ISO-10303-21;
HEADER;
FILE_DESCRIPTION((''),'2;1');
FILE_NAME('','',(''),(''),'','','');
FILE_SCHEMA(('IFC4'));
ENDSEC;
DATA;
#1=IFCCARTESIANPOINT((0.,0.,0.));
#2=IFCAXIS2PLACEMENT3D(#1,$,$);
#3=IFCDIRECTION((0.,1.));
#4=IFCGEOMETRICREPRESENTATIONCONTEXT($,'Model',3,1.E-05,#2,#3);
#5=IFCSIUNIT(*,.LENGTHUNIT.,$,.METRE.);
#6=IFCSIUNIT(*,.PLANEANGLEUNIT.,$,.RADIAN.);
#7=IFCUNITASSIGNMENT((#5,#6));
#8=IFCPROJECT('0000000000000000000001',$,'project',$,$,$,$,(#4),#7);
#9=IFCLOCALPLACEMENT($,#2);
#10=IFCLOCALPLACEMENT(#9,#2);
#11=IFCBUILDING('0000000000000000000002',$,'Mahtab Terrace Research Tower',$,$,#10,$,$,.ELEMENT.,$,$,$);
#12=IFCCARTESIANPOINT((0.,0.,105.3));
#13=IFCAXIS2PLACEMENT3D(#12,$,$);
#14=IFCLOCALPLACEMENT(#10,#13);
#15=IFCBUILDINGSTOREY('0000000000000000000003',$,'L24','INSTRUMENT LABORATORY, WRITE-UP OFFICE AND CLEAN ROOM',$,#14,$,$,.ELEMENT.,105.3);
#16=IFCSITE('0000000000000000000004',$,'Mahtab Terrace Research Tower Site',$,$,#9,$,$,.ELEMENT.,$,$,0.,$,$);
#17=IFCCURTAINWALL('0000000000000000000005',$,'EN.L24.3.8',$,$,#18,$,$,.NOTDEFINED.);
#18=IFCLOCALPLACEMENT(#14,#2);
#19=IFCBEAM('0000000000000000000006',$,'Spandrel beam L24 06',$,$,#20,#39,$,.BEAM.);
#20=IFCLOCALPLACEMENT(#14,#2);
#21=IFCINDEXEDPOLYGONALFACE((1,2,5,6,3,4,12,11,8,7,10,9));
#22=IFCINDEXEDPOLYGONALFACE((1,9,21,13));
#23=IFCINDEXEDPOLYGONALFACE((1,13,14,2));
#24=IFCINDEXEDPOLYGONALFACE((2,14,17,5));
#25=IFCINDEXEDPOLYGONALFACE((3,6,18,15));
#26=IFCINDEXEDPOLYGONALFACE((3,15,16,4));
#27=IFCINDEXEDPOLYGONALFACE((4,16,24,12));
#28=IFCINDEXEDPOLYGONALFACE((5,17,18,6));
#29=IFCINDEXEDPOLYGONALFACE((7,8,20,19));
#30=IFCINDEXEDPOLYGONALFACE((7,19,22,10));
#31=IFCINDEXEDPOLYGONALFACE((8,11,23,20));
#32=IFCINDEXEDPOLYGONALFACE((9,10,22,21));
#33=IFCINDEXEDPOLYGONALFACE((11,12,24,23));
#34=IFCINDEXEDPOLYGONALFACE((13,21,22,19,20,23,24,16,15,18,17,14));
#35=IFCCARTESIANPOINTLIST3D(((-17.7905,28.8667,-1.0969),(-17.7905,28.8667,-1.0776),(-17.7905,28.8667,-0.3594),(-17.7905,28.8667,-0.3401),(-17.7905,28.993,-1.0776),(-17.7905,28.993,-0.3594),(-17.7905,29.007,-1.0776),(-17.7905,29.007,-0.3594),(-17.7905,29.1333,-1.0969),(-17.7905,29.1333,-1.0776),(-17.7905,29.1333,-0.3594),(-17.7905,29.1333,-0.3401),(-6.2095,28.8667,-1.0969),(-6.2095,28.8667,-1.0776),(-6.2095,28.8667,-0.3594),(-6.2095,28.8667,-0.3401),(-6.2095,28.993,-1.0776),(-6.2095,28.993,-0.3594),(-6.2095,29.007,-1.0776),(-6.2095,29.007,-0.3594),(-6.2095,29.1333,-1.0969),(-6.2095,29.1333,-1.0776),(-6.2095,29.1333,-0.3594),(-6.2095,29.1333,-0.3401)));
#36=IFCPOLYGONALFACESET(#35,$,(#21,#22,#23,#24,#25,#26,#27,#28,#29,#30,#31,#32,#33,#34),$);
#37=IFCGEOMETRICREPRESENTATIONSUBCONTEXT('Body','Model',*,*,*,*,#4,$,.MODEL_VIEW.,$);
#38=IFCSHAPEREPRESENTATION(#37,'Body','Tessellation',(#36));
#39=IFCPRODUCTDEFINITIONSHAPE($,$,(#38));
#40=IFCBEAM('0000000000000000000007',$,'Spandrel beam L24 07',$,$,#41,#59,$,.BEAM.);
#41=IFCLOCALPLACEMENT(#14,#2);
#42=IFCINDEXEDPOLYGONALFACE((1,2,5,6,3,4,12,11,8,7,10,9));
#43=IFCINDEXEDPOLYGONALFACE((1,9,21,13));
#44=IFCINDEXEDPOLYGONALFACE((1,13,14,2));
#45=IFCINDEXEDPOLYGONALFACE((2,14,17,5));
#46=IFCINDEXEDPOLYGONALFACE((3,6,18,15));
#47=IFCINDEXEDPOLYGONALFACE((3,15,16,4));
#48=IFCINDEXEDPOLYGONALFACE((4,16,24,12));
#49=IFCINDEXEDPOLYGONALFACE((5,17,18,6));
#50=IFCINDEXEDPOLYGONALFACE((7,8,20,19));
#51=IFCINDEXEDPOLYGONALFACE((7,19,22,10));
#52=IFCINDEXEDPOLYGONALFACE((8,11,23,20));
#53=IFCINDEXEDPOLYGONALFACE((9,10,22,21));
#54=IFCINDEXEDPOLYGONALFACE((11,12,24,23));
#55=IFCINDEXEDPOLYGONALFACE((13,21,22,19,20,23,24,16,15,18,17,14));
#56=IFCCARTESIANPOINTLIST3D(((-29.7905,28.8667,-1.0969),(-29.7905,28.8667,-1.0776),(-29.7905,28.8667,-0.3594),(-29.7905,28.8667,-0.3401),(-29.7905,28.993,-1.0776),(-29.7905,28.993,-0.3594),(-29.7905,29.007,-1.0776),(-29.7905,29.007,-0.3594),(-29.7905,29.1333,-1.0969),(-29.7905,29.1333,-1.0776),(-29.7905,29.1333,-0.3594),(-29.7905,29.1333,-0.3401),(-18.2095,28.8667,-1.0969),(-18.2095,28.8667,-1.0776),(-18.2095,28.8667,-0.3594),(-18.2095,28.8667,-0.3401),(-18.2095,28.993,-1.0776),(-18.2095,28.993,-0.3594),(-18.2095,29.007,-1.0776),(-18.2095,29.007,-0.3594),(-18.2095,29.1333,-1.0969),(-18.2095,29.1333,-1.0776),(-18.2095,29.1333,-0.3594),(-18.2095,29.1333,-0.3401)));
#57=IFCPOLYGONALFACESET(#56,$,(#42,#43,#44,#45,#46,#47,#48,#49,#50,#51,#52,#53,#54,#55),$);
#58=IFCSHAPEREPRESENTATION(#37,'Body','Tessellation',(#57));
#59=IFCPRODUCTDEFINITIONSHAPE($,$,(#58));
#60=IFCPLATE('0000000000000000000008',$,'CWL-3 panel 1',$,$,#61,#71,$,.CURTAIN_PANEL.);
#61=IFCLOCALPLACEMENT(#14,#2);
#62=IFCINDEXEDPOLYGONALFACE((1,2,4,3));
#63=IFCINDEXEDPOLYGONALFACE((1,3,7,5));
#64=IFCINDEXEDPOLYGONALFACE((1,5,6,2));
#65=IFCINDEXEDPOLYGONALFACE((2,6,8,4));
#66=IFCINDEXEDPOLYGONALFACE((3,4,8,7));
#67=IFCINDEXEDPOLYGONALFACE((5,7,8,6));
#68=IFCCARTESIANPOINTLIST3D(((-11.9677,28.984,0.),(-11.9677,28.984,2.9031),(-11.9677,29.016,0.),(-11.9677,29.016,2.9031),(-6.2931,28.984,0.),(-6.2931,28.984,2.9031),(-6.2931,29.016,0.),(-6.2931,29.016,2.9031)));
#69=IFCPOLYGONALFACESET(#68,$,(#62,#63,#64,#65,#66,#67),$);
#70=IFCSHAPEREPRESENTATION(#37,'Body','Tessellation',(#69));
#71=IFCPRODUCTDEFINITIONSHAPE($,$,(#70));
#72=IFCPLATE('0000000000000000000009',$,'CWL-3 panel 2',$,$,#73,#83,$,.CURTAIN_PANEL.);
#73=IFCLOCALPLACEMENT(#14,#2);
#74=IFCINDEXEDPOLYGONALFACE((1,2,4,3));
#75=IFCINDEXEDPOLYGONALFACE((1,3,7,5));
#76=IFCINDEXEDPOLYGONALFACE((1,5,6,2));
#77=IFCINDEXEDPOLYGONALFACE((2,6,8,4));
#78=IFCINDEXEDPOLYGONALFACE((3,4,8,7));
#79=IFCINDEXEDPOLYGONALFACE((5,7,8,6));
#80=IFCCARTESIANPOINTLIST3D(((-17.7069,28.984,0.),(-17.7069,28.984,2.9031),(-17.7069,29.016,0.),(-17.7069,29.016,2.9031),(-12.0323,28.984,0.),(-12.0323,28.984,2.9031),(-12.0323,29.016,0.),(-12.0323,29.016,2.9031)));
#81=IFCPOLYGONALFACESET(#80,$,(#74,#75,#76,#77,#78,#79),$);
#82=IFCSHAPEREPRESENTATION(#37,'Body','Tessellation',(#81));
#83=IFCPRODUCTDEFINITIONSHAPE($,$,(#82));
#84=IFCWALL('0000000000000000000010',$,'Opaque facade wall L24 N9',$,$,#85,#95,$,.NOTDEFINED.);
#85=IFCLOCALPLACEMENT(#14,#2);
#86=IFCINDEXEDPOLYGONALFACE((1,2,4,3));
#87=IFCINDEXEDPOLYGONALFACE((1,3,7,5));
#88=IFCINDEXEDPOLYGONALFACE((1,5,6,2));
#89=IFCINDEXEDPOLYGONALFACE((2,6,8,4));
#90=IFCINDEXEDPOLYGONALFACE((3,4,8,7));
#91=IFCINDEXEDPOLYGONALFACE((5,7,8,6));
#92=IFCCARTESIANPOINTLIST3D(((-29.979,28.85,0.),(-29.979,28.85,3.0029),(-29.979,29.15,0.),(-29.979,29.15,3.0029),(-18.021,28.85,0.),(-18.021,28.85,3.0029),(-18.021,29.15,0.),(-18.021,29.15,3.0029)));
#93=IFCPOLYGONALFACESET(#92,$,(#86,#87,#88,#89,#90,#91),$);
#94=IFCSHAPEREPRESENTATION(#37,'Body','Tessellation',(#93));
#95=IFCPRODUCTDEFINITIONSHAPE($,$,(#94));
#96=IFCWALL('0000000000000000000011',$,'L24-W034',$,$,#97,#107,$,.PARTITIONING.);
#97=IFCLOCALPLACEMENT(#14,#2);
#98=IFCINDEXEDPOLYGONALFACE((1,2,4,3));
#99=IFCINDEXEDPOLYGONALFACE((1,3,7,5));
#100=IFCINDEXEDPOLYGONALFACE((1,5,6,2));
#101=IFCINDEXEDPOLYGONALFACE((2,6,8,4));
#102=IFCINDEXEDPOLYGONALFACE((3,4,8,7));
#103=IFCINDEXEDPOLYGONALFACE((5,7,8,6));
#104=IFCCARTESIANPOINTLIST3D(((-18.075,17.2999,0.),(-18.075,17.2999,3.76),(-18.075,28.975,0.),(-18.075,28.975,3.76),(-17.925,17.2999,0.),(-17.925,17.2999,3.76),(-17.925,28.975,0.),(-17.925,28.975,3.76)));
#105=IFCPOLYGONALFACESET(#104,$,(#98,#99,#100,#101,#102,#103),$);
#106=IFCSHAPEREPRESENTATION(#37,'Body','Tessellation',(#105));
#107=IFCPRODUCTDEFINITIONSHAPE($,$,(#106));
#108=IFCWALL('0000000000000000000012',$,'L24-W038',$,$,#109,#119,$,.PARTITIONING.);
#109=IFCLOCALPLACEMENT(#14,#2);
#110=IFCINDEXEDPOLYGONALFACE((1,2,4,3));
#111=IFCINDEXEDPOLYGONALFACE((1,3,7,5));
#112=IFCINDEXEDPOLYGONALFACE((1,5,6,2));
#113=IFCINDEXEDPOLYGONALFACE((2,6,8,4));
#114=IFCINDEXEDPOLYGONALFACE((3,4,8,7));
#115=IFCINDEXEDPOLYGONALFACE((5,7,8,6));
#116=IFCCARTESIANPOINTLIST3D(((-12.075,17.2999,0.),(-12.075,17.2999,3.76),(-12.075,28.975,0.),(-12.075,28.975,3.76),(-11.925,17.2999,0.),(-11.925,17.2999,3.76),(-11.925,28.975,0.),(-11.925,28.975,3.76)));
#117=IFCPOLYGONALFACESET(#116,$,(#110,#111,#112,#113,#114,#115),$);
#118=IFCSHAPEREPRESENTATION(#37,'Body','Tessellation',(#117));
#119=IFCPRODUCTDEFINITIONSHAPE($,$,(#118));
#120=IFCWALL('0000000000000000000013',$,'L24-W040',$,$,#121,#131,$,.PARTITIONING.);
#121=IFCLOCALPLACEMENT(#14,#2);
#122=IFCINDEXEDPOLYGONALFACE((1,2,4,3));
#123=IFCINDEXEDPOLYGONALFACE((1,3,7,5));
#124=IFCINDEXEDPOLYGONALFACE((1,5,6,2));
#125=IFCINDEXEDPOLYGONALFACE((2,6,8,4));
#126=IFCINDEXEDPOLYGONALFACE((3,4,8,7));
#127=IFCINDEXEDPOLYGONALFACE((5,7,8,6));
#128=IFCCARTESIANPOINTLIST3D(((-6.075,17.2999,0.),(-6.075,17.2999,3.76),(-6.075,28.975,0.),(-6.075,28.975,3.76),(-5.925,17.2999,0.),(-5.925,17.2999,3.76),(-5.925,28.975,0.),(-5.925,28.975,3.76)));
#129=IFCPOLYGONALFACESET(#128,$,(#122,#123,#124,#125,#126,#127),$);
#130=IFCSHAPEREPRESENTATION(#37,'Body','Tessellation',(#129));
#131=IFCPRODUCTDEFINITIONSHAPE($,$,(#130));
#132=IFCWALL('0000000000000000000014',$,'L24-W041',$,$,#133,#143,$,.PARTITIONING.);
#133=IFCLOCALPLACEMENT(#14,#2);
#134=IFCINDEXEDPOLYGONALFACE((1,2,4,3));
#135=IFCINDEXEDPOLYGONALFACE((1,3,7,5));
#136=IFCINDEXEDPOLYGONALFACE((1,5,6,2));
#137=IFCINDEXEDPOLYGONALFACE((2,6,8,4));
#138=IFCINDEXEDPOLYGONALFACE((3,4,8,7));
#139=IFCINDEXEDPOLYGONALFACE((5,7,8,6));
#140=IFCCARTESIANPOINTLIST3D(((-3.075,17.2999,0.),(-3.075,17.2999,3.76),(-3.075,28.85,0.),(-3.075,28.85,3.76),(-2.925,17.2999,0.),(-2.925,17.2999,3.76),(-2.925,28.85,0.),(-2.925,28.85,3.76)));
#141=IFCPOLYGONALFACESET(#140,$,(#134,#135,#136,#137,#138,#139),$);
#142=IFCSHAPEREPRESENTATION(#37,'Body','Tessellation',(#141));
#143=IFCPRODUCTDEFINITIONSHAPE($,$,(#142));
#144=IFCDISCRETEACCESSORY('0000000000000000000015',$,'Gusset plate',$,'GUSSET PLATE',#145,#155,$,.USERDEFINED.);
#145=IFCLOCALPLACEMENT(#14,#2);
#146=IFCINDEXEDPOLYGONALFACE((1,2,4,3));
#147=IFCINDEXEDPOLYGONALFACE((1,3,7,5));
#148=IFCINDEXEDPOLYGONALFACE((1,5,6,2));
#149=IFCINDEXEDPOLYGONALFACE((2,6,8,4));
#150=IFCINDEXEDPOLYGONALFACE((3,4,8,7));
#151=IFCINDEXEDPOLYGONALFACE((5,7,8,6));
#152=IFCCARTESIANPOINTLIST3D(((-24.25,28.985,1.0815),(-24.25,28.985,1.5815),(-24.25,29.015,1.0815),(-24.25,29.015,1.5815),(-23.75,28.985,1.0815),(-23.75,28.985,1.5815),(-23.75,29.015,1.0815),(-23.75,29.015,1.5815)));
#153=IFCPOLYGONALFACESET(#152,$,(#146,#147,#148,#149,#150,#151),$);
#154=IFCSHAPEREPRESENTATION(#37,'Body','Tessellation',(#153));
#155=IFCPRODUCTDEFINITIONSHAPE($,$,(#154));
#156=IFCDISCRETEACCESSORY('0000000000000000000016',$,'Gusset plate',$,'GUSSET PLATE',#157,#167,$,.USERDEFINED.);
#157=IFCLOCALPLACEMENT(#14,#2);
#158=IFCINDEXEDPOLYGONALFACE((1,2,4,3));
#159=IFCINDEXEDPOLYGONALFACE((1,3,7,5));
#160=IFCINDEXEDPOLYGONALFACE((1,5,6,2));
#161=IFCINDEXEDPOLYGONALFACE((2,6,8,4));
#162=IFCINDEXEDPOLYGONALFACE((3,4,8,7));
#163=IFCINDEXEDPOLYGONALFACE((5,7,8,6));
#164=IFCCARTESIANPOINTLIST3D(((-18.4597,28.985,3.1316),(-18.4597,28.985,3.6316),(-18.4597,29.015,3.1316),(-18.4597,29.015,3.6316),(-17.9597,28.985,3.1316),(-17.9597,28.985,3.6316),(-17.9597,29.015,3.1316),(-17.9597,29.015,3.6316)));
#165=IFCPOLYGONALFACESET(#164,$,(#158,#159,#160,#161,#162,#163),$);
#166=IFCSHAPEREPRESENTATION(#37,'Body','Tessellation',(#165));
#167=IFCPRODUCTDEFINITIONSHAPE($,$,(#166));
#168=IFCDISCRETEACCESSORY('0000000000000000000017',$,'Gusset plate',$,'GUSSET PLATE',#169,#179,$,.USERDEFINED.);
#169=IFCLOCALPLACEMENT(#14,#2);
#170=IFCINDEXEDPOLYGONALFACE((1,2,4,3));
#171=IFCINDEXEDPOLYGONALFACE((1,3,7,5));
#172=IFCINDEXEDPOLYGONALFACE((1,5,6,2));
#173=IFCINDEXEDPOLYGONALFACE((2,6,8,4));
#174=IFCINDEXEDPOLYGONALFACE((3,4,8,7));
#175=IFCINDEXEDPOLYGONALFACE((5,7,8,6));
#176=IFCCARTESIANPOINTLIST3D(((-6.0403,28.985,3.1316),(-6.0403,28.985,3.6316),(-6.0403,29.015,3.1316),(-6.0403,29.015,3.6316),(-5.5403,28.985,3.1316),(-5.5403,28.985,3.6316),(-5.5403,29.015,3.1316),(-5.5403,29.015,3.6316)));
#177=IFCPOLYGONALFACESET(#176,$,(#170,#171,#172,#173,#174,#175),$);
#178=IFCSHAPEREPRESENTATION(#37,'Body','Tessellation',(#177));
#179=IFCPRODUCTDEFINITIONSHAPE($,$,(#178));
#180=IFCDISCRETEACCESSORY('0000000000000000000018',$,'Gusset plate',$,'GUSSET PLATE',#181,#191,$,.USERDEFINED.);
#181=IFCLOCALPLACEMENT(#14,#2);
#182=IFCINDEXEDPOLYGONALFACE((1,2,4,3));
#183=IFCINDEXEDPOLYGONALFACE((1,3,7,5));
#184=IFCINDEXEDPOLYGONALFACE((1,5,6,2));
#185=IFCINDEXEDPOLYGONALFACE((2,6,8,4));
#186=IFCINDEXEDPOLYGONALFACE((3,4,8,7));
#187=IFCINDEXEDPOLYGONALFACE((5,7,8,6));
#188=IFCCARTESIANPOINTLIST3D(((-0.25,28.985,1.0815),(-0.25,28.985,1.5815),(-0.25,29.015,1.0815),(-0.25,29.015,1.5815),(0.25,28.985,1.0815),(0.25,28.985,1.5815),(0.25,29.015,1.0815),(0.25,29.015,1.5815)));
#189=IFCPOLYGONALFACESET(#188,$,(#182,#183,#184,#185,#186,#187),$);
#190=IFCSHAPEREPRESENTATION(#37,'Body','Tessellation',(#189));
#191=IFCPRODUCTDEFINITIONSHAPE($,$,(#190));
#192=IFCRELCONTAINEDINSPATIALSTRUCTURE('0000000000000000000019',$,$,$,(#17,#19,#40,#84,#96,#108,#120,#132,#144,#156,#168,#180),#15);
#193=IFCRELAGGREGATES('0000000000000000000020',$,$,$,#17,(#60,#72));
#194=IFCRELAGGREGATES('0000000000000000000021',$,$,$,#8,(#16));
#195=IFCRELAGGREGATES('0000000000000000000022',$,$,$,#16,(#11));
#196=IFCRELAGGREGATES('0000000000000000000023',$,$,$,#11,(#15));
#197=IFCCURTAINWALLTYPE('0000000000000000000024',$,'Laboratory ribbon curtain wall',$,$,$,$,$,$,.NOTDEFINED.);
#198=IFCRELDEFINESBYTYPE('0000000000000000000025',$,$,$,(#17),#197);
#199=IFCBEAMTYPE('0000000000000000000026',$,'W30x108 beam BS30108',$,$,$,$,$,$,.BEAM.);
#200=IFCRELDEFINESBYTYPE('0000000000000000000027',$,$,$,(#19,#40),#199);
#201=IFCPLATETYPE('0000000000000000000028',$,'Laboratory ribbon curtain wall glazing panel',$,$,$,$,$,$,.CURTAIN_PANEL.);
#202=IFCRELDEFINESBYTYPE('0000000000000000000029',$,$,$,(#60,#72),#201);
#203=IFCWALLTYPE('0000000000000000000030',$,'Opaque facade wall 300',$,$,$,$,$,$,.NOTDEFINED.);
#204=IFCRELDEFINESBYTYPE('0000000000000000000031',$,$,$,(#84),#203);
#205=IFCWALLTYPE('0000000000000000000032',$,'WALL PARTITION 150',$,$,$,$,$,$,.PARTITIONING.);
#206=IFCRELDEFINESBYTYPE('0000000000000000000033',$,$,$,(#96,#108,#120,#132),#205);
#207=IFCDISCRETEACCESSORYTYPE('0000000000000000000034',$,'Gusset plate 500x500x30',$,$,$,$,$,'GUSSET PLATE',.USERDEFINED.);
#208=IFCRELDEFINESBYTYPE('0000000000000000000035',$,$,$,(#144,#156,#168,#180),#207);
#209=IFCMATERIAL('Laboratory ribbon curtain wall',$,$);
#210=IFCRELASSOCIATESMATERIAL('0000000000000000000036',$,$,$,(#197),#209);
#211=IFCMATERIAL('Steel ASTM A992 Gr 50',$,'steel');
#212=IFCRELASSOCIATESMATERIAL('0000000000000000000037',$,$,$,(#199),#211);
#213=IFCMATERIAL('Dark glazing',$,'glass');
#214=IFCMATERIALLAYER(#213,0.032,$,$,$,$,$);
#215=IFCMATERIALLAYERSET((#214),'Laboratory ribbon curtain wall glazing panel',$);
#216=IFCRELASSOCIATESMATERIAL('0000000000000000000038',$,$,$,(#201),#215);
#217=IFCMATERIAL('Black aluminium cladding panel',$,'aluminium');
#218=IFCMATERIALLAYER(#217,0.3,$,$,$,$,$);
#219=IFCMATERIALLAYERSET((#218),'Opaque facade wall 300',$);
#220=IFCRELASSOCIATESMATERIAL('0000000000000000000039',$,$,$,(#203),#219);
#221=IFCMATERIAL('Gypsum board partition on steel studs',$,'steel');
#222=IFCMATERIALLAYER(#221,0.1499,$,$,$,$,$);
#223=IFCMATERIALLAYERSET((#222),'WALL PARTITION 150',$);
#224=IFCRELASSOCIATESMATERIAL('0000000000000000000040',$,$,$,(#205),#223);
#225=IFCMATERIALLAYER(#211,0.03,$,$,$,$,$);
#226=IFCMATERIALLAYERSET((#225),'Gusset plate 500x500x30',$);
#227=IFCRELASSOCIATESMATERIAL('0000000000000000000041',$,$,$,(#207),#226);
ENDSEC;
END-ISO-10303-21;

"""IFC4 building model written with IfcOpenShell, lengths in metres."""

from ifc_helpers import new_model, si_unit, direction, frame, frame_2d, origin, origin_2d, place, context, subcontext, project, spatial, rectangle, i_section, extrude, material, layer, layer_set, material_profile, profile_set, type_object, element, aggregate, save


model = new_model("IFC4")

# Units and contexts
model_context = context("Model", 3, precision=1e-05, world=origin(), true_north=direction((0.0, 1.0)))
body_context = subcontext(model_context, "Body", "Model", "MODEL_VIEW")
ifc_project = project(units=[si_unit("LENGTHUNIT", "METRE"), si_unit("PLANEANGLEUNIT", "RADIAN")], contexts=[model_context])

# Site, building, storey
site_placement = place(None, origin())
site = spatial("IfcSite", under=ifc_project, at=site_placement, Name="Mahtab Terrace Research Tower Site", CompositionType="ELEMENT", RefElevation=0.0)
building_placement = place(site_placement, origin())
building = spatial("IfcBuilding", under=site, at=building_placement, Name="Mahtab Terrace Research Tower", CompositionType="ELEMENT")
storey_placement = place(building_placement, frame((0.0, 0.0, 105.3)))
storey = spatial("IfcBuildingStorey", under=building, at=storey_placement, Name="L24", Description="INSTRUMENT LABORATORY, WRITE-UP OFFICE AND CLEAN ROOM", CompositionType="ELEMENT", Elevation=105.3)

# Shared definitions
ifc_material_1 = material(Name="Steel ASTM A992 Gr 50", Category="steel")

# Curtain wall
ifc_material_2 = material(Name="Laboratory ribbon curtain wall")
curtain_wall_type = type_object("IfcCurtainWallType", Name="Laboratory ribbon curtain wall", PredefinedType="NOTDEFINED", material=ifc_material_2)
curtain_wall_placement = place(storey_placement, origin())
curtain_wall = element("IfcCurtainWall", 1, at=curtain_wall_placement, inside=storey, type_object=curtain_wall_type, Name="EN.L24.3.8", PredefinedType="NOTDEFINED")

# Beams
ifc_material_profile_1 = material_profile(ifc_material_1, i_section(OverallWidth=0.2666, OverallDepth=0.7568, WebThickness=0.0139, FlangeThickness=0.0193, at=origin_2d()), Name="W30X108")
ifc_profile_set_1 = profile_set([ifc_material_profile_1], Name="Steel ASTM A992 Gr 50")
beam_type = type_object("IfcBeamType", Name="W30x108 beam BS30108", PredefinedType="BEAM", material=ifc_profile_set_1)
for number, where, z_axis, x_axis, name in (
    (2, (-6.2095, 29.0, -0.7185), (-1.0, 0.0, 0.0), (0.0, -1.0, 0.0), "Spandrel beam L24 06"),
    (3, (-18.2095, 29.0, -0.7185), (-1.0, 0.0, 0.0), (0.0, -1.0, 0.0), "Spandrel beam L24 07"),
):
    element("IfcBeam", number, at=place(storey_placement, frame(where, z_axis=z_axis, x_axis=x_axis)), inside=storey, type_object=beam_type, Name=name, PredefinedType="BEAM", context=body_context, shape_type="SweptSolid", body=[
        extrude(i_section(OverallWidth=0.2666, OverallDepth=0.7568, WebThickness=0.0139, FlangeThickness=0.0193, at=origin_2d()), origin(), (0.0, 0.0, 1.0), 11.5811),
    ])

# Plates
ifc_material_3 = material(Name="Dark glazing", Category="glass")
ifc_layer_1 = layer(ifc_material_3, 0.032)
ifc_layer_set_1 = layer_set([ifc_layer_1], Name="Laboratory ribbon curtain wall glazing panel")
plate_type = type_object("IfcPlateType", Name="Laboratory ribbon curtain wall glazing panel", PredefinedType="CURTAIN_PANEL", material=ifc_layer_set_1)
plate_1_placement = place(storey_placement, frame((-9.1304, 29.0, 0.0), z_axis=(0.0, 0.0, 1.0), x_axis=(-1.0, 0.0, 0.0)))
plate_1 = element("IfcPlate", 4, at=plate_1_placement, type_object=plate_type, Name="CWL-3 panel 1", PredefinedType="CURTAIN_PANEL", context=body_context, shape_type="SweptSolid", body=[
    extrude(rectangle(XDim=5.6746, YDim=0.032, at=origin_2d()), origin(), (0.0, 0.0, 1.0), 2.9031),
])
plate_2_placement = place(storey_placement, frame((-14.8696, 29.0, 0.0), z_axis=(0.0, 0.0, 1.0), x_axis=(-1.0, 0.0, 0.0)))
plate_2 = element("IfcPlate", 5, at=plate_2_placement, type_object=plate_type, Name="CWL-3 panel 2", PredefinedType="CURTAIN_PANEL", context=body_context, shape_type="SweptSolid", body=[
    extrude(rectangle(XDim=5.6746, YDim=0.032, at=origin_2d()), origin(), (0.0, 0.0, 1.0), 2.9031),
])
aggregate(curtain_wall, [plate_1, plate_2])

# Walls
ifc_material_4 = material(Name="Black aluminium cladding panel", Category="aluminium")
ifc_layer_2 = layer(ifc_material_4, 0.3)
ifc_layer_set_2 = layer_set([ifc_layer_2], Name="Opaque facade wall 300")
wall_type_1 = type_object("IfcWallType", Name="Opaque facade wall 300", PredefinedType="NOTDEFINED", material=ifc_layer_set_2)
wall_1_placement = place(storey_placement, frame((-18.021, 29.0, 0.0), z_axis=(0.0, 0.0, 1.0), x_axis=(-1.0, 0.0, 0.0)))
element("IfcWall", 6, at=wall_1_placement, inside=storey, type_object=wall_type_1, Name="Opaque facade wall L24 N9", PredefinedType="NOTDEFINED", context=body_context, shape_type="SweptSolid", body=[
    extrude(rectangle(XDim=11.958, YDim=0.3, at=frame_2d((5.979, 0.0))), origin(), (0.0, 0.0, 1.0), 3.0029),
])
ifc_material_5 = material(Name="Gypsum board partition on steel studs", Category="steel")
ifc_layer_3 = layer(ifc_material_5, 0.1499)
ifc_layer_set_3 = layer_set([ifc_layer_3], Name="WALL PARTITION 150")
wall_type_2 = type_object("IfcWallType", Name="WALL PARTITION 150", PredefinedType="PARTITIONING", material=ifc_layer_set_3)
for number, where, z_axis, x_axis, name in (
    (7, (-18.0, 17.3, 0.0), (0.0, 0.0, 1.0), (0.0, 1.0, 0.0), "L24-W034"),
    (8, (-12.0, 17.3, 0.0), (0.0, 0.0, 1.0), (0.0, 1.0, 0.0), "L24-W038"),
    (9, (-6.0, 17.3, 0.0), (0.0, 0.0, 1.0), (0.0, 1.0, 0.0), "L24-W040"),
):
    element("IfcWall", number, at=place(storey_placement, frame(where, z_axis=z_axis, x_axis=x_axis)), inside=storey, type_object=wall_type_2, Name=name, PredefinedType="PARTITIONING", context=body_context, shape_type="SweptSolid", body=[
        extrude(rectangle(XDim=11.675, YDim=0.1499, at=frame_2d((5.8374, 0.0))), origin(), (0.0, 0.0, 1.0), 3.76),
    ])
wall_2_placement = place(storey_placement, frame((-3.0, 17.3, 0.0), z_axis=(0.0, 0.0, 1.0), x_axis=(0.0, 1.0, 0.0)))
element("IfcWall", 10, at=wall_2_placement, inside=storey, type_object=wall_type_2, Name="L24-W041", PredefinedType="PARTITIONING", context=body_context, shape_type="SweptSolid", body=[
    extrude(rectangle(XDim=11.55, YDim=0.1499, at=frame_2d((5.7749, 0.0))), origin(), (0.0, 0.0, 1.0), 3.76),
])

# Discrete accessories
ifc_layer_4 = layer(ifc_material_1, 0.03)
ifc_layer_set_4 = layer_set([ifc_layer_4], Name="Gusset plate 500x500x30")
discrete_accessory_type = type_object("IfcDiscreteAccessoryType", Name="Gusset plate 500x500x30", ElementType="GUSSET PLATE", PredefinedType="USERDEFINED", material=ifc_layer_set_4)
for number, where, z_axis, x_axis, name in (
    (11, (-24.0, 29.0, 1.0815), (0.0, 0.0, 1.0), (1.0, 0.0, 0.0), "Gusset plate"),
    (12, (-18.2097, 29.0, 3.1316), (0.0, 0.0, 1.0), (1.0, 0.0, 0.0), "Gusset plate"),
    (13, (-5.7903, 29.0, 3.1316), (0.0, 0.0, 1.0), (1.0, 0.0, 0.0), "Gusset plate"),
    (14, (0.0, 29.0, 1.0815), (0.0, 0.0, 1.0), (1.0, 0.0, 0.0), "Gusset plate"),
):
    element("IfcDiscreteAccessory", number, at=place(storey_placement, frame(where, z_axis=z_axis, x_axis=x_axis)), inside=storey, type_object=discrete_accessory_type, Name=name, ObjectType="GUSSET PLATE", PredefinedType="USERDEFINED", context=body_context, shape_type="SweptSolid", body=[
        extrude(rectangle(XDim=0.5, YDim=0.03, at=origin_2d()), origin(), (0.0, 0.0, 1.0), 0.5),
    ])

save(model, "model.ifc")
